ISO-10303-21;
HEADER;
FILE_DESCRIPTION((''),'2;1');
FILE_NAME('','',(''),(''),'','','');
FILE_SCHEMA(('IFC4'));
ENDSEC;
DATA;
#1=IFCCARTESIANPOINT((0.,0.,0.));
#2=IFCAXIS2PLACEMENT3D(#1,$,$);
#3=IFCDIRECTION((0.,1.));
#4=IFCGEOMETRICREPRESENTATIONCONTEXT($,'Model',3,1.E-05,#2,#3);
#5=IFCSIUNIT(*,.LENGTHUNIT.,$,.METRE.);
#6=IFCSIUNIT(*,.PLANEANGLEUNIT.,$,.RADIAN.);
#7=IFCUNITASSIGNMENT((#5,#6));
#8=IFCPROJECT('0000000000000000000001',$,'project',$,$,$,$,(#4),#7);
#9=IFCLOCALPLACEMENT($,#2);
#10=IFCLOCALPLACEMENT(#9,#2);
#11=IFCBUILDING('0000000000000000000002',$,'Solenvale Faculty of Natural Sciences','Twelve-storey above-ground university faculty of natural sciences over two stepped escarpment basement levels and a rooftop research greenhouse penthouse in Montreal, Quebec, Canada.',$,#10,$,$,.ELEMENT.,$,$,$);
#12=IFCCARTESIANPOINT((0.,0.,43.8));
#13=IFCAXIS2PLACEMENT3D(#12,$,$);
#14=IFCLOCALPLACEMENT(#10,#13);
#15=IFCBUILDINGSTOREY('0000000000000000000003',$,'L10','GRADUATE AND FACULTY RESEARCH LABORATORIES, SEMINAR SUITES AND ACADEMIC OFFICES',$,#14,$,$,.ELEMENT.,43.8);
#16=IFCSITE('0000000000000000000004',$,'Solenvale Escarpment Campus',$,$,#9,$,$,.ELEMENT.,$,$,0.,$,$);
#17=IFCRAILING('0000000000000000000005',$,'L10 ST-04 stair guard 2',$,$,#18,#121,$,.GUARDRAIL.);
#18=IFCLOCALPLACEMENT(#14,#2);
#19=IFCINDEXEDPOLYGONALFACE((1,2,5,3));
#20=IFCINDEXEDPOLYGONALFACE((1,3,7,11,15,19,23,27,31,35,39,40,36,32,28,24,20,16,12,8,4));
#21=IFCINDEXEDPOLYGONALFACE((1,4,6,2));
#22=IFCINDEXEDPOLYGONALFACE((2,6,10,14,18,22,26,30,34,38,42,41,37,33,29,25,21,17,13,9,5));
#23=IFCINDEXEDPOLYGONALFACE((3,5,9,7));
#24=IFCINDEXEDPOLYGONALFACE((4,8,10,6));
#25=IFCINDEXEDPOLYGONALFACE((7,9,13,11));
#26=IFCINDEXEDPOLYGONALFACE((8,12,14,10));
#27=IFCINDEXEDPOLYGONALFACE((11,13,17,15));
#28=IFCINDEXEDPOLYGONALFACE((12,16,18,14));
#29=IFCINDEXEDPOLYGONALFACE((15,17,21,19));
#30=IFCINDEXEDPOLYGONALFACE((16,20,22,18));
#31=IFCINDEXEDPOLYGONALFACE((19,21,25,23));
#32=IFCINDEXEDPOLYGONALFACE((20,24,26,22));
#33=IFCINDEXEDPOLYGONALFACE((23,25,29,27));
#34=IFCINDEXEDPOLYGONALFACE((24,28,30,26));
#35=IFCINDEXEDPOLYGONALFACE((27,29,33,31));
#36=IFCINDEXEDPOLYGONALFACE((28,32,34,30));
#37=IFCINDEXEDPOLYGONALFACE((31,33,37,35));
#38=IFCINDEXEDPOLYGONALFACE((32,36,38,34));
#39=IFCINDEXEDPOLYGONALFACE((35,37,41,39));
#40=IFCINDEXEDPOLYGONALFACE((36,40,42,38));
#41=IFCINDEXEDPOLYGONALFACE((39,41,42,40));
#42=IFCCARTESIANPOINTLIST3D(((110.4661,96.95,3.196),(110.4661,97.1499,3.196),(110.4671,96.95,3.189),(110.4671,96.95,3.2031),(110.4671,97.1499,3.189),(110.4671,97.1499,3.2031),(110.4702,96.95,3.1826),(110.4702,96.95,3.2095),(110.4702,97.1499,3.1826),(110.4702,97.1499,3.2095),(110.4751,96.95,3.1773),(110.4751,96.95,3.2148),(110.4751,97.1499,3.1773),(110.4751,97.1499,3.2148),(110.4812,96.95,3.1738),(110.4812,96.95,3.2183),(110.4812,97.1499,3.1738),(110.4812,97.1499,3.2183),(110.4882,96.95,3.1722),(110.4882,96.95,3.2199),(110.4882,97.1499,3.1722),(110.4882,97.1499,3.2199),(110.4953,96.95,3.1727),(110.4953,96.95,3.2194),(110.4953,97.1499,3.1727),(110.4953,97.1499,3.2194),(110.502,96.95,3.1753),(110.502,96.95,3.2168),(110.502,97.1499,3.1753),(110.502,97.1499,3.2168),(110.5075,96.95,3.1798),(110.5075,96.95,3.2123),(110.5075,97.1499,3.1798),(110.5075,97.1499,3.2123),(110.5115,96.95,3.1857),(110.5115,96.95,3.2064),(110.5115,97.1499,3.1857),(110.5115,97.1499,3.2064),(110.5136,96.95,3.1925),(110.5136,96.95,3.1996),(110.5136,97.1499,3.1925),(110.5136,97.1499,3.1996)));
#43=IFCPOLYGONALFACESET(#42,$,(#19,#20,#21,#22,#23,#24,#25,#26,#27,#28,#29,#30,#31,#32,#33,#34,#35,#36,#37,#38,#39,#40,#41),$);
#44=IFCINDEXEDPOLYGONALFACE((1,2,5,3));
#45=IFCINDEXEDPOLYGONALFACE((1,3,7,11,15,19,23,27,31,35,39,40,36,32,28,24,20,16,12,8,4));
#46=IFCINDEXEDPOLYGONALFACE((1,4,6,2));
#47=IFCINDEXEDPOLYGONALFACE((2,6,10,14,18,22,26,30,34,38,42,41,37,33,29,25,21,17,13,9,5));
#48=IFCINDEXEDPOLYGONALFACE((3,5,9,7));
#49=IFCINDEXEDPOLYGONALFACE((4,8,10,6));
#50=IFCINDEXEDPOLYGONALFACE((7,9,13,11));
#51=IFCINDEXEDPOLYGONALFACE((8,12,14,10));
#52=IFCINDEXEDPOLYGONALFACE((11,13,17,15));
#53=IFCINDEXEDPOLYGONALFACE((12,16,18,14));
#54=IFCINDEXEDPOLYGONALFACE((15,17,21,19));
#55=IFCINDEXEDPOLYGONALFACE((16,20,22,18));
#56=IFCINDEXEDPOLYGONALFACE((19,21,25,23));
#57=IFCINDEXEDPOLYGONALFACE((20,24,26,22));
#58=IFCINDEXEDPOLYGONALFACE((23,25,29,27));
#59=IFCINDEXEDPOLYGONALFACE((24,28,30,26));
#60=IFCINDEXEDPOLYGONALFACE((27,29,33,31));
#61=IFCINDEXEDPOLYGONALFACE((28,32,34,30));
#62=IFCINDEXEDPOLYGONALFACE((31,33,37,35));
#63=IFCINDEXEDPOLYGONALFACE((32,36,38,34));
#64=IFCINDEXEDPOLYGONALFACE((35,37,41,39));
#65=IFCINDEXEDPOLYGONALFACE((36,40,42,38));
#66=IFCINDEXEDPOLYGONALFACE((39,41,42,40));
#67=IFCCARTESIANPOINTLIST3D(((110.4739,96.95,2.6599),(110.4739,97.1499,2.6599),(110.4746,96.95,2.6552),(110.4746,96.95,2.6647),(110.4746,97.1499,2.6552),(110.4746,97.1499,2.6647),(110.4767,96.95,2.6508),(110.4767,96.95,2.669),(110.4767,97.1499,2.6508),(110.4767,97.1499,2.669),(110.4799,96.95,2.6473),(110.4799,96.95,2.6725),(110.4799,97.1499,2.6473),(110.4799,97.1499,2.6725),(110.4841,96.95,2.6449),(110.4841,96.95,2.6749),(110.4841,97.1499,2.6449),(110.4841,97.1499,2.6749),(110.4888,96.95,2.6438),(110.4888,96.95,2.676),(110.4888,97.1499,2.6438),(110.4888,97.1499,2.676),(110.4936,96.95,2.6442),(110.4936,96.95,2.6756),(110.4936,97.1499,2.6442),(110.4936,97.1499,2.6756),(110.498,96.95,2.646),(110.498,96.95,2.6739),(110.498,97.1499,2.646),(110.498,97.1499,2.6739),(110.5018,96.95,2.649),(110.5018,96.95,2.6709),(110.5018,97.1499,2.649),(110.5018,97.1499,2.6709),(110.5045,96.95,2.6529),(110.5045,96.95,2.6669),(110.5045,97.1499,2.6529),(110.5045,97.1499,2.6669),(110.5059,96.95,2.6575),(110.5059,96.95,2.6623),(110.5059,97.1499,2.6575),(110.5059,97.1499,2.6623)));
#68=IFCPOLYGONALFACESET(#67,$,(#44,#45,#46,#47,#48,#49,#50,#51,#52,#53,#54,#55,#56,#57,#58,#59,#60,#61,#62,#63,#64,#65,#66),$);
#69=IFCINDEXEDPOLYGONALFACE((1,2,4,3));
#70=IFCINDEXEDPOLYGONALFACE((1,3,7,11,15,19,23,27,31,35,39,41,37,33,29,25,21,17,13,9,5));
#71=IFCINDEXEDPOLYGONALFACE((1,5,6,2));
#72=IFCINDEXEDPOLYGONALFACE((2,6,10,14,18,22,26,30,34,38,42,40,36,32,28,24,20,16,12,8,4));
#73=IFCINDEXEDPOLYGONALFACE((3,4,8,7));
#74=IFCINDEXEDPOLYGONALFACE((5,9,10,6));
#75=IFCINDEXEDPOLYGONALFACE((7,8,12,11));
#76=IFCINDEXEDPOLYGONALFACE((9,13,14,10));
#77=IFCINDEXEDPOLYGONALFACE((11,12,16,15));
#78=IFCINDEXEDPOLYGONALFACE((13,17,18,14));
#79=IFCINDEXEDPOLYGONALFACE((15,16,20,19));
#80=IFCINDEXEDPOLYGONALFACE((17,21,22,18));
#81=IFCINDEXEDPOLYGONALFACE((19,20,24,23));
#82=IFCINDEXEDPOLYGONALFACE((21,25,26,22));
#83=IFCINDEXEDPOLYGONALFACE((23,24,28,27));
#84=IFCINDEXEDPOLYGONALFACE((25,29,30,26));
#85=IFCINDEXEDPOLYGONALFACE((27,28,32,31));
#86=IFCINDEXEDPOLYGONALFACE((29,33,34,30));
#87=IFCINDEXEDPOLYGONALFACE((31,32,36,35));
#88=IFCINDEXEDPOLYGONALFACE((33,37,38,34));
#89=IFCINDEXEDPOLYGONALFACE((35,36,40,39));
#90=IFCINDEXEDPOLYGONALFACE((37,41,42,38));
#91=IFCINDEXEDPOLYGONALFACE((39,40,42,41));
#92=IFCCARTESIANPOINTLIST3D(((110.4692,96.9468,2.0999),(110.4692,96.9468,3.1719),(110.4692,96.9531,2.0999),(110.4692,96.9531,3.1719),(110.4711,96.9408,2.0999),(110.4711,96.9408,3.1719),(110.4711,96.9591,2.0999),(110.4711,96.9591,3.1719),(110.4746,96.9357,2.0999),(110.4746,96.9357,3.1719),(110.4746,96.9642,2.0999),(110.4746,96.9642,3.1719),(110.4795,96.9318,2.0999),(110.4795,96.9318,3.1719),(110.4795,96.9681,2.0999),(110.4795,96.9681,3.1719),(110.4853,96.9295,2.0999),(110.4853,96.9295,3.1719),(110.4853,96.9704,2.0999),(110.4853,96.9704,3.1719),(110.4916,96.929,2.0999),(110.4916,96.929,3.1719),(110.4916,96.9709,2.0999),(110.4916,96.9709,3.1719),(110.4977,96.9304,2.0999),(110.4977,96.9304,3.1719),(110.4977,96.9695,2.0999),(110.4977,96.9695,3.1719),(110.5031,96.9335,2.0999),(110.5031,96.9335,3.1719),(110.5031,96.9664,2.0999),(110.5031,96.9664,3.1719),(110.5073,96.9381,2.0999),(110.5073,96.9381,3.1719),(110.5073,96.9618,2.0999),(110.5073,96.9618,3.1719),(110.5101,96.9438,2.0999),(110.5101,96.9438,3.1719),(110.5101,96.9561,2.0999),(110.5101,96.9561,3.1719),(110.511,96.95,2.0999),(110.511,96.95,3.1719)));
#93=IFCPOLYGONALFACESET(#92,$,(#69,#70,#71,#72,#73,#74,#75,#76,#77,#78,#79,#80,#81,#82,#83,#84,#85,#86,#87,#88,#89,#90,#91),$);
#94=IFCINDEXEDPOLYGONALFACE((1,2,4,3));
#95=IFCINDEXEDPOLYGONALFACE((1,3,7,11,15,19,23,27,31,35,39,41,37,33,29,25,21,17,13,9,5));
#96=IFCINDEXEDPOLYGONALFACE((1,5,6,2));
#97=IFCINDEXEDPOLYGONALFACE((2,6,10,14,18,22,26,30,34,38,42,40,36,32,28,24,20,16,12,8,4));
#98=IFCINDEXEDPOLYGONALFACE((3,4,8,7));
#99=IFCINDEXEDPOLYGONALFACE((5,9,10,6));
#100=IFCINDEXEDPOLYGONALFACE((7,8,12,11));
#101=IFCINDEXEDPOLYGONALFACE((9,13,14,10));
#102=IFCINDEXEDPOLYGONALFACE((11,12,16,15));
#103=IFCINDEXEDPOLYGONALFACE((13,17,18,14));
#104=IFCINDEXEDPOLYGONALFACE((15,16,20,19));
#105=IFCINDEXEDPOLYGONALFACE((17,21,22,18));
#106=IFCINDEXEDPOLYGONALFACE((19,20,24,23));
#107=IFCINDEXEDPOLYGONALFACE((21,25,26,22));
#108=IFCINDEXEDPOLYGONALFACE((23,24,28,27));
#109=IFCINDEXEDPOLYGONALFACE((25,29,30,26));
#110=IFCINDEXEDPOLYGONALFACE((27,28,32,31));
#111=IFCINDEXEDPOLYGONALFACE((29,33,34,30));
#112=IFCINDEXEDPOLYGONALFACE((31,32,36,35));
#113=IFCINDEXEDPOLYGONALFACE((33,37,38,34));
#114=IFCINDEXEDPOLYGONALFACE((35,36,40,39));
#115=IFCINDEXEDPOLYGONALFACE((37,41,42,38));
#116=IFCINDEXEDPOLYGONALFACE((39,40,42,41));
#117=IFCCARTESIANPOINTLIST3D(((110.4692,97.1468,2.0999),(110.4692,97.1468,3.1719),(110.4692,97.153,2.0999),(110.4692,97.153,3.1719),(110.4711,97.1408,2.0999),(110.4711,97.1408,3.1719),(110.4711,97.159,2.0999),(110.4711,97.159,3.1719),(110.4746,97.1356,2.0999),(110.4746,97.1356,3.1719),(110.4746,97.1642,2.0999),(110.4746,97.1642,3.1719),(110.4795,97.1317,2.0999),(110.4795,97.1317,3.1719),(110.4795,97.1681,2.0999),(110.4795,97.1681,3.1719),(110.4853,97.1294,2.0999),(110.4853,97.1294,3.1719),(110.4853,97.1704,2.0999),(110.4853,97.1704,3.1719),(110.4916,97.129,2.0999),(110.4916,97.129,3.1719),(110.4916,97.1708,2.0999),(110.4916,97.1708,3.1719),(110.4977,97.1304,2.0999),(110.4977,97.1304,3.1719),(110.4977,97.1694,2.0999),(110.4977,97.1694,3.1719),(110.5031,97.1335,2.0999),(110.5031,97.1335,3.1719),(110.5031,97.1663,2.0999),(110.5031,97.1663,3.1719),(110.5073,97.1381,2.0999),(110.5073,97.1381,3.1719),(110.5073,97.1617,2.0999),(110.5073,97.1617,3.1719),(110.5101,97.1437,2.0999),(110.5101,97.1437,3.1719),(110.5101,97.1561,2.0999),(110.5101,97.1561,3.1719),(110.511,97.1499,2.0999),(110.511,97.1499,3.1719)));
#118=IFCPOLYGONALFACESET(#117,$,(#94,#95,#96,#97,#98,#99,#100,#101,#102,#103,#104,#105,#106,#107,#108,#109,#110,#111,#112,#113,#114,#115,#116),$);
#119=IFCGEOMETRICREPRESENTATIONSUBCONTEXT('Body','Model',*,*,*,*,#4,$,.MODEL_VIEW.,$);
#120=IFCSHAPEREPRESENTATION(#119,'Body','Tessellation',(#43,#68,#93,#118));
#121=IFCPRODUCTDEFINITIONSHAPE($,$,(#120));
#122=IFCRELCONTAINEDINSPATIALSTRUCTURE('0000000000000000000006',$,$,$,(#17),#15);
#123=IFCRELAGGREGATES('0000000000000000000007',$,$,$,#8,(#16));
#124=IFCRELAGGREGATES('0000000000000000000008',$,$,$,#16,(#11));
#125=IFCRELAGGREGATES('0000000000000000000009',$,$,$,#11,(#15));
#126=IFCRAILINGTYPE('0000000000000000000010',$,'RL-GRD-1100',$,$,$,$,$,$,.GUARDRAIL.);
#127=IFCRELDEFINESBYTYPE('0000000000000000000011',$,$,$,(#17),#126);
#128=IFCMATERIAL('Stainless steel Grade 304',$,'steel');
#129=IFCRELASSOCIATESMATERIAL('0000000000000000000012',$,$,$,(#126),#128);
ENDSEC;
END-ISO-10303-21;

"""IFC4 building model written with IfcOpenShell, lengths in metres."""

from ifc_helpers import new_model, si_unit, direction, frame, origin, origin_2d, place, context, subcontext, project, spatial, circle, extrude, material, type_object, element, save


model = new_model("IFC4")

# Units and contexts
model_context = context("Model", 3, precision=1e-05, world=origin(), true_north=direction((0.0, 1.0)))
body_context = subcontext(model_context, "Body", "Model", "MODEL_VIEW")
ifc_project = project(units=[si_unit("LENGTHUNIT", "METRE"), si_unit("PLANEANGLEUNIT", "RADIAN")], contexts=[model_context])

# Site, building, storey
site_placement = place(None, origin())
site = spatial("IfcSite", under=ifc_project, at=site_placement, Name="Solenvale Escarpment Campus", CompositionType="ELEMENT", RefElevation=0.0)
building_placement = place(site_placement, origin())
building = spatial("IfcBuilding", under=site, at=building_placement, Name="Solenvale Faculty of Natural Sciences", Description="Twelve-storey above-ground university faculty of natural sciences over two stepped escarpment basement levels and a rooftop research greenhouse penthouse in Montreal, Quebec, Canada.", CompositionType="ELEMENT")
storey_placement = place(building_placement, frame((0.0, 0.0, 43.8)))
storey = spatial("IfcBuildingStorey", under=building, at=storey_placement, Name="L10", Description="GRADUATE AND FACULTY RESEARCH LABORATORIES, SEMINAR SUITES AND ACADEMIC OFFICES", CompositionType="ELEMENT", Elevation=43.8)

# Railing
ifc_material_1 = material(Name="Stainless steel Grade 304", Category="steel")
railing_type_1 = type_object("IfcRailingType", Name="RL-GRD-1100", PredefinedType="GUARDRAIL", material=ifc_material_1)
railing_1_placement = place(storey_placement, frame((110.49, 96.95, 2.0999)))
element("IfcRailing", 1, at=railing_1_placement, inside=storey, type_object=railing_type_1, Name="L10 ST-04 stair guard 2", PredefinedType="GUARDRAIL", context=body_context, shape_type="SweptSolid", body=[
    extrude(circle(Radius=0.0239, at=origin_2d()), frame((0.0, 0.0, 1.0962), z_axis=(0.0, 1.0, 0.0), x_axis=(-1.0, 0.0, 0.0)), (0.0, 0.0, 1.0), 0.2),
    extrude(circle(Radius=0.0161, at=origin_2d()), frame((0.0, 0.0, 0.5601), z_axis=(0.0, 1.0, 0.0), x_axis=(-1.0, 0.0, 0.0)), (0.0, 0.0, 1.0), 0.2),
    extrude(circle(Radius=0.021, at=origin_2d()), origin(), (0.0, 0.0, 1.0), 1.072),
    extrude(circle(Radius=0.021, at=origin_2d()), frame((0.0, 0.2, 0.0)), (0.0, 0.0, 1.0), 1.072),
])

save(model, "model.ifc")
